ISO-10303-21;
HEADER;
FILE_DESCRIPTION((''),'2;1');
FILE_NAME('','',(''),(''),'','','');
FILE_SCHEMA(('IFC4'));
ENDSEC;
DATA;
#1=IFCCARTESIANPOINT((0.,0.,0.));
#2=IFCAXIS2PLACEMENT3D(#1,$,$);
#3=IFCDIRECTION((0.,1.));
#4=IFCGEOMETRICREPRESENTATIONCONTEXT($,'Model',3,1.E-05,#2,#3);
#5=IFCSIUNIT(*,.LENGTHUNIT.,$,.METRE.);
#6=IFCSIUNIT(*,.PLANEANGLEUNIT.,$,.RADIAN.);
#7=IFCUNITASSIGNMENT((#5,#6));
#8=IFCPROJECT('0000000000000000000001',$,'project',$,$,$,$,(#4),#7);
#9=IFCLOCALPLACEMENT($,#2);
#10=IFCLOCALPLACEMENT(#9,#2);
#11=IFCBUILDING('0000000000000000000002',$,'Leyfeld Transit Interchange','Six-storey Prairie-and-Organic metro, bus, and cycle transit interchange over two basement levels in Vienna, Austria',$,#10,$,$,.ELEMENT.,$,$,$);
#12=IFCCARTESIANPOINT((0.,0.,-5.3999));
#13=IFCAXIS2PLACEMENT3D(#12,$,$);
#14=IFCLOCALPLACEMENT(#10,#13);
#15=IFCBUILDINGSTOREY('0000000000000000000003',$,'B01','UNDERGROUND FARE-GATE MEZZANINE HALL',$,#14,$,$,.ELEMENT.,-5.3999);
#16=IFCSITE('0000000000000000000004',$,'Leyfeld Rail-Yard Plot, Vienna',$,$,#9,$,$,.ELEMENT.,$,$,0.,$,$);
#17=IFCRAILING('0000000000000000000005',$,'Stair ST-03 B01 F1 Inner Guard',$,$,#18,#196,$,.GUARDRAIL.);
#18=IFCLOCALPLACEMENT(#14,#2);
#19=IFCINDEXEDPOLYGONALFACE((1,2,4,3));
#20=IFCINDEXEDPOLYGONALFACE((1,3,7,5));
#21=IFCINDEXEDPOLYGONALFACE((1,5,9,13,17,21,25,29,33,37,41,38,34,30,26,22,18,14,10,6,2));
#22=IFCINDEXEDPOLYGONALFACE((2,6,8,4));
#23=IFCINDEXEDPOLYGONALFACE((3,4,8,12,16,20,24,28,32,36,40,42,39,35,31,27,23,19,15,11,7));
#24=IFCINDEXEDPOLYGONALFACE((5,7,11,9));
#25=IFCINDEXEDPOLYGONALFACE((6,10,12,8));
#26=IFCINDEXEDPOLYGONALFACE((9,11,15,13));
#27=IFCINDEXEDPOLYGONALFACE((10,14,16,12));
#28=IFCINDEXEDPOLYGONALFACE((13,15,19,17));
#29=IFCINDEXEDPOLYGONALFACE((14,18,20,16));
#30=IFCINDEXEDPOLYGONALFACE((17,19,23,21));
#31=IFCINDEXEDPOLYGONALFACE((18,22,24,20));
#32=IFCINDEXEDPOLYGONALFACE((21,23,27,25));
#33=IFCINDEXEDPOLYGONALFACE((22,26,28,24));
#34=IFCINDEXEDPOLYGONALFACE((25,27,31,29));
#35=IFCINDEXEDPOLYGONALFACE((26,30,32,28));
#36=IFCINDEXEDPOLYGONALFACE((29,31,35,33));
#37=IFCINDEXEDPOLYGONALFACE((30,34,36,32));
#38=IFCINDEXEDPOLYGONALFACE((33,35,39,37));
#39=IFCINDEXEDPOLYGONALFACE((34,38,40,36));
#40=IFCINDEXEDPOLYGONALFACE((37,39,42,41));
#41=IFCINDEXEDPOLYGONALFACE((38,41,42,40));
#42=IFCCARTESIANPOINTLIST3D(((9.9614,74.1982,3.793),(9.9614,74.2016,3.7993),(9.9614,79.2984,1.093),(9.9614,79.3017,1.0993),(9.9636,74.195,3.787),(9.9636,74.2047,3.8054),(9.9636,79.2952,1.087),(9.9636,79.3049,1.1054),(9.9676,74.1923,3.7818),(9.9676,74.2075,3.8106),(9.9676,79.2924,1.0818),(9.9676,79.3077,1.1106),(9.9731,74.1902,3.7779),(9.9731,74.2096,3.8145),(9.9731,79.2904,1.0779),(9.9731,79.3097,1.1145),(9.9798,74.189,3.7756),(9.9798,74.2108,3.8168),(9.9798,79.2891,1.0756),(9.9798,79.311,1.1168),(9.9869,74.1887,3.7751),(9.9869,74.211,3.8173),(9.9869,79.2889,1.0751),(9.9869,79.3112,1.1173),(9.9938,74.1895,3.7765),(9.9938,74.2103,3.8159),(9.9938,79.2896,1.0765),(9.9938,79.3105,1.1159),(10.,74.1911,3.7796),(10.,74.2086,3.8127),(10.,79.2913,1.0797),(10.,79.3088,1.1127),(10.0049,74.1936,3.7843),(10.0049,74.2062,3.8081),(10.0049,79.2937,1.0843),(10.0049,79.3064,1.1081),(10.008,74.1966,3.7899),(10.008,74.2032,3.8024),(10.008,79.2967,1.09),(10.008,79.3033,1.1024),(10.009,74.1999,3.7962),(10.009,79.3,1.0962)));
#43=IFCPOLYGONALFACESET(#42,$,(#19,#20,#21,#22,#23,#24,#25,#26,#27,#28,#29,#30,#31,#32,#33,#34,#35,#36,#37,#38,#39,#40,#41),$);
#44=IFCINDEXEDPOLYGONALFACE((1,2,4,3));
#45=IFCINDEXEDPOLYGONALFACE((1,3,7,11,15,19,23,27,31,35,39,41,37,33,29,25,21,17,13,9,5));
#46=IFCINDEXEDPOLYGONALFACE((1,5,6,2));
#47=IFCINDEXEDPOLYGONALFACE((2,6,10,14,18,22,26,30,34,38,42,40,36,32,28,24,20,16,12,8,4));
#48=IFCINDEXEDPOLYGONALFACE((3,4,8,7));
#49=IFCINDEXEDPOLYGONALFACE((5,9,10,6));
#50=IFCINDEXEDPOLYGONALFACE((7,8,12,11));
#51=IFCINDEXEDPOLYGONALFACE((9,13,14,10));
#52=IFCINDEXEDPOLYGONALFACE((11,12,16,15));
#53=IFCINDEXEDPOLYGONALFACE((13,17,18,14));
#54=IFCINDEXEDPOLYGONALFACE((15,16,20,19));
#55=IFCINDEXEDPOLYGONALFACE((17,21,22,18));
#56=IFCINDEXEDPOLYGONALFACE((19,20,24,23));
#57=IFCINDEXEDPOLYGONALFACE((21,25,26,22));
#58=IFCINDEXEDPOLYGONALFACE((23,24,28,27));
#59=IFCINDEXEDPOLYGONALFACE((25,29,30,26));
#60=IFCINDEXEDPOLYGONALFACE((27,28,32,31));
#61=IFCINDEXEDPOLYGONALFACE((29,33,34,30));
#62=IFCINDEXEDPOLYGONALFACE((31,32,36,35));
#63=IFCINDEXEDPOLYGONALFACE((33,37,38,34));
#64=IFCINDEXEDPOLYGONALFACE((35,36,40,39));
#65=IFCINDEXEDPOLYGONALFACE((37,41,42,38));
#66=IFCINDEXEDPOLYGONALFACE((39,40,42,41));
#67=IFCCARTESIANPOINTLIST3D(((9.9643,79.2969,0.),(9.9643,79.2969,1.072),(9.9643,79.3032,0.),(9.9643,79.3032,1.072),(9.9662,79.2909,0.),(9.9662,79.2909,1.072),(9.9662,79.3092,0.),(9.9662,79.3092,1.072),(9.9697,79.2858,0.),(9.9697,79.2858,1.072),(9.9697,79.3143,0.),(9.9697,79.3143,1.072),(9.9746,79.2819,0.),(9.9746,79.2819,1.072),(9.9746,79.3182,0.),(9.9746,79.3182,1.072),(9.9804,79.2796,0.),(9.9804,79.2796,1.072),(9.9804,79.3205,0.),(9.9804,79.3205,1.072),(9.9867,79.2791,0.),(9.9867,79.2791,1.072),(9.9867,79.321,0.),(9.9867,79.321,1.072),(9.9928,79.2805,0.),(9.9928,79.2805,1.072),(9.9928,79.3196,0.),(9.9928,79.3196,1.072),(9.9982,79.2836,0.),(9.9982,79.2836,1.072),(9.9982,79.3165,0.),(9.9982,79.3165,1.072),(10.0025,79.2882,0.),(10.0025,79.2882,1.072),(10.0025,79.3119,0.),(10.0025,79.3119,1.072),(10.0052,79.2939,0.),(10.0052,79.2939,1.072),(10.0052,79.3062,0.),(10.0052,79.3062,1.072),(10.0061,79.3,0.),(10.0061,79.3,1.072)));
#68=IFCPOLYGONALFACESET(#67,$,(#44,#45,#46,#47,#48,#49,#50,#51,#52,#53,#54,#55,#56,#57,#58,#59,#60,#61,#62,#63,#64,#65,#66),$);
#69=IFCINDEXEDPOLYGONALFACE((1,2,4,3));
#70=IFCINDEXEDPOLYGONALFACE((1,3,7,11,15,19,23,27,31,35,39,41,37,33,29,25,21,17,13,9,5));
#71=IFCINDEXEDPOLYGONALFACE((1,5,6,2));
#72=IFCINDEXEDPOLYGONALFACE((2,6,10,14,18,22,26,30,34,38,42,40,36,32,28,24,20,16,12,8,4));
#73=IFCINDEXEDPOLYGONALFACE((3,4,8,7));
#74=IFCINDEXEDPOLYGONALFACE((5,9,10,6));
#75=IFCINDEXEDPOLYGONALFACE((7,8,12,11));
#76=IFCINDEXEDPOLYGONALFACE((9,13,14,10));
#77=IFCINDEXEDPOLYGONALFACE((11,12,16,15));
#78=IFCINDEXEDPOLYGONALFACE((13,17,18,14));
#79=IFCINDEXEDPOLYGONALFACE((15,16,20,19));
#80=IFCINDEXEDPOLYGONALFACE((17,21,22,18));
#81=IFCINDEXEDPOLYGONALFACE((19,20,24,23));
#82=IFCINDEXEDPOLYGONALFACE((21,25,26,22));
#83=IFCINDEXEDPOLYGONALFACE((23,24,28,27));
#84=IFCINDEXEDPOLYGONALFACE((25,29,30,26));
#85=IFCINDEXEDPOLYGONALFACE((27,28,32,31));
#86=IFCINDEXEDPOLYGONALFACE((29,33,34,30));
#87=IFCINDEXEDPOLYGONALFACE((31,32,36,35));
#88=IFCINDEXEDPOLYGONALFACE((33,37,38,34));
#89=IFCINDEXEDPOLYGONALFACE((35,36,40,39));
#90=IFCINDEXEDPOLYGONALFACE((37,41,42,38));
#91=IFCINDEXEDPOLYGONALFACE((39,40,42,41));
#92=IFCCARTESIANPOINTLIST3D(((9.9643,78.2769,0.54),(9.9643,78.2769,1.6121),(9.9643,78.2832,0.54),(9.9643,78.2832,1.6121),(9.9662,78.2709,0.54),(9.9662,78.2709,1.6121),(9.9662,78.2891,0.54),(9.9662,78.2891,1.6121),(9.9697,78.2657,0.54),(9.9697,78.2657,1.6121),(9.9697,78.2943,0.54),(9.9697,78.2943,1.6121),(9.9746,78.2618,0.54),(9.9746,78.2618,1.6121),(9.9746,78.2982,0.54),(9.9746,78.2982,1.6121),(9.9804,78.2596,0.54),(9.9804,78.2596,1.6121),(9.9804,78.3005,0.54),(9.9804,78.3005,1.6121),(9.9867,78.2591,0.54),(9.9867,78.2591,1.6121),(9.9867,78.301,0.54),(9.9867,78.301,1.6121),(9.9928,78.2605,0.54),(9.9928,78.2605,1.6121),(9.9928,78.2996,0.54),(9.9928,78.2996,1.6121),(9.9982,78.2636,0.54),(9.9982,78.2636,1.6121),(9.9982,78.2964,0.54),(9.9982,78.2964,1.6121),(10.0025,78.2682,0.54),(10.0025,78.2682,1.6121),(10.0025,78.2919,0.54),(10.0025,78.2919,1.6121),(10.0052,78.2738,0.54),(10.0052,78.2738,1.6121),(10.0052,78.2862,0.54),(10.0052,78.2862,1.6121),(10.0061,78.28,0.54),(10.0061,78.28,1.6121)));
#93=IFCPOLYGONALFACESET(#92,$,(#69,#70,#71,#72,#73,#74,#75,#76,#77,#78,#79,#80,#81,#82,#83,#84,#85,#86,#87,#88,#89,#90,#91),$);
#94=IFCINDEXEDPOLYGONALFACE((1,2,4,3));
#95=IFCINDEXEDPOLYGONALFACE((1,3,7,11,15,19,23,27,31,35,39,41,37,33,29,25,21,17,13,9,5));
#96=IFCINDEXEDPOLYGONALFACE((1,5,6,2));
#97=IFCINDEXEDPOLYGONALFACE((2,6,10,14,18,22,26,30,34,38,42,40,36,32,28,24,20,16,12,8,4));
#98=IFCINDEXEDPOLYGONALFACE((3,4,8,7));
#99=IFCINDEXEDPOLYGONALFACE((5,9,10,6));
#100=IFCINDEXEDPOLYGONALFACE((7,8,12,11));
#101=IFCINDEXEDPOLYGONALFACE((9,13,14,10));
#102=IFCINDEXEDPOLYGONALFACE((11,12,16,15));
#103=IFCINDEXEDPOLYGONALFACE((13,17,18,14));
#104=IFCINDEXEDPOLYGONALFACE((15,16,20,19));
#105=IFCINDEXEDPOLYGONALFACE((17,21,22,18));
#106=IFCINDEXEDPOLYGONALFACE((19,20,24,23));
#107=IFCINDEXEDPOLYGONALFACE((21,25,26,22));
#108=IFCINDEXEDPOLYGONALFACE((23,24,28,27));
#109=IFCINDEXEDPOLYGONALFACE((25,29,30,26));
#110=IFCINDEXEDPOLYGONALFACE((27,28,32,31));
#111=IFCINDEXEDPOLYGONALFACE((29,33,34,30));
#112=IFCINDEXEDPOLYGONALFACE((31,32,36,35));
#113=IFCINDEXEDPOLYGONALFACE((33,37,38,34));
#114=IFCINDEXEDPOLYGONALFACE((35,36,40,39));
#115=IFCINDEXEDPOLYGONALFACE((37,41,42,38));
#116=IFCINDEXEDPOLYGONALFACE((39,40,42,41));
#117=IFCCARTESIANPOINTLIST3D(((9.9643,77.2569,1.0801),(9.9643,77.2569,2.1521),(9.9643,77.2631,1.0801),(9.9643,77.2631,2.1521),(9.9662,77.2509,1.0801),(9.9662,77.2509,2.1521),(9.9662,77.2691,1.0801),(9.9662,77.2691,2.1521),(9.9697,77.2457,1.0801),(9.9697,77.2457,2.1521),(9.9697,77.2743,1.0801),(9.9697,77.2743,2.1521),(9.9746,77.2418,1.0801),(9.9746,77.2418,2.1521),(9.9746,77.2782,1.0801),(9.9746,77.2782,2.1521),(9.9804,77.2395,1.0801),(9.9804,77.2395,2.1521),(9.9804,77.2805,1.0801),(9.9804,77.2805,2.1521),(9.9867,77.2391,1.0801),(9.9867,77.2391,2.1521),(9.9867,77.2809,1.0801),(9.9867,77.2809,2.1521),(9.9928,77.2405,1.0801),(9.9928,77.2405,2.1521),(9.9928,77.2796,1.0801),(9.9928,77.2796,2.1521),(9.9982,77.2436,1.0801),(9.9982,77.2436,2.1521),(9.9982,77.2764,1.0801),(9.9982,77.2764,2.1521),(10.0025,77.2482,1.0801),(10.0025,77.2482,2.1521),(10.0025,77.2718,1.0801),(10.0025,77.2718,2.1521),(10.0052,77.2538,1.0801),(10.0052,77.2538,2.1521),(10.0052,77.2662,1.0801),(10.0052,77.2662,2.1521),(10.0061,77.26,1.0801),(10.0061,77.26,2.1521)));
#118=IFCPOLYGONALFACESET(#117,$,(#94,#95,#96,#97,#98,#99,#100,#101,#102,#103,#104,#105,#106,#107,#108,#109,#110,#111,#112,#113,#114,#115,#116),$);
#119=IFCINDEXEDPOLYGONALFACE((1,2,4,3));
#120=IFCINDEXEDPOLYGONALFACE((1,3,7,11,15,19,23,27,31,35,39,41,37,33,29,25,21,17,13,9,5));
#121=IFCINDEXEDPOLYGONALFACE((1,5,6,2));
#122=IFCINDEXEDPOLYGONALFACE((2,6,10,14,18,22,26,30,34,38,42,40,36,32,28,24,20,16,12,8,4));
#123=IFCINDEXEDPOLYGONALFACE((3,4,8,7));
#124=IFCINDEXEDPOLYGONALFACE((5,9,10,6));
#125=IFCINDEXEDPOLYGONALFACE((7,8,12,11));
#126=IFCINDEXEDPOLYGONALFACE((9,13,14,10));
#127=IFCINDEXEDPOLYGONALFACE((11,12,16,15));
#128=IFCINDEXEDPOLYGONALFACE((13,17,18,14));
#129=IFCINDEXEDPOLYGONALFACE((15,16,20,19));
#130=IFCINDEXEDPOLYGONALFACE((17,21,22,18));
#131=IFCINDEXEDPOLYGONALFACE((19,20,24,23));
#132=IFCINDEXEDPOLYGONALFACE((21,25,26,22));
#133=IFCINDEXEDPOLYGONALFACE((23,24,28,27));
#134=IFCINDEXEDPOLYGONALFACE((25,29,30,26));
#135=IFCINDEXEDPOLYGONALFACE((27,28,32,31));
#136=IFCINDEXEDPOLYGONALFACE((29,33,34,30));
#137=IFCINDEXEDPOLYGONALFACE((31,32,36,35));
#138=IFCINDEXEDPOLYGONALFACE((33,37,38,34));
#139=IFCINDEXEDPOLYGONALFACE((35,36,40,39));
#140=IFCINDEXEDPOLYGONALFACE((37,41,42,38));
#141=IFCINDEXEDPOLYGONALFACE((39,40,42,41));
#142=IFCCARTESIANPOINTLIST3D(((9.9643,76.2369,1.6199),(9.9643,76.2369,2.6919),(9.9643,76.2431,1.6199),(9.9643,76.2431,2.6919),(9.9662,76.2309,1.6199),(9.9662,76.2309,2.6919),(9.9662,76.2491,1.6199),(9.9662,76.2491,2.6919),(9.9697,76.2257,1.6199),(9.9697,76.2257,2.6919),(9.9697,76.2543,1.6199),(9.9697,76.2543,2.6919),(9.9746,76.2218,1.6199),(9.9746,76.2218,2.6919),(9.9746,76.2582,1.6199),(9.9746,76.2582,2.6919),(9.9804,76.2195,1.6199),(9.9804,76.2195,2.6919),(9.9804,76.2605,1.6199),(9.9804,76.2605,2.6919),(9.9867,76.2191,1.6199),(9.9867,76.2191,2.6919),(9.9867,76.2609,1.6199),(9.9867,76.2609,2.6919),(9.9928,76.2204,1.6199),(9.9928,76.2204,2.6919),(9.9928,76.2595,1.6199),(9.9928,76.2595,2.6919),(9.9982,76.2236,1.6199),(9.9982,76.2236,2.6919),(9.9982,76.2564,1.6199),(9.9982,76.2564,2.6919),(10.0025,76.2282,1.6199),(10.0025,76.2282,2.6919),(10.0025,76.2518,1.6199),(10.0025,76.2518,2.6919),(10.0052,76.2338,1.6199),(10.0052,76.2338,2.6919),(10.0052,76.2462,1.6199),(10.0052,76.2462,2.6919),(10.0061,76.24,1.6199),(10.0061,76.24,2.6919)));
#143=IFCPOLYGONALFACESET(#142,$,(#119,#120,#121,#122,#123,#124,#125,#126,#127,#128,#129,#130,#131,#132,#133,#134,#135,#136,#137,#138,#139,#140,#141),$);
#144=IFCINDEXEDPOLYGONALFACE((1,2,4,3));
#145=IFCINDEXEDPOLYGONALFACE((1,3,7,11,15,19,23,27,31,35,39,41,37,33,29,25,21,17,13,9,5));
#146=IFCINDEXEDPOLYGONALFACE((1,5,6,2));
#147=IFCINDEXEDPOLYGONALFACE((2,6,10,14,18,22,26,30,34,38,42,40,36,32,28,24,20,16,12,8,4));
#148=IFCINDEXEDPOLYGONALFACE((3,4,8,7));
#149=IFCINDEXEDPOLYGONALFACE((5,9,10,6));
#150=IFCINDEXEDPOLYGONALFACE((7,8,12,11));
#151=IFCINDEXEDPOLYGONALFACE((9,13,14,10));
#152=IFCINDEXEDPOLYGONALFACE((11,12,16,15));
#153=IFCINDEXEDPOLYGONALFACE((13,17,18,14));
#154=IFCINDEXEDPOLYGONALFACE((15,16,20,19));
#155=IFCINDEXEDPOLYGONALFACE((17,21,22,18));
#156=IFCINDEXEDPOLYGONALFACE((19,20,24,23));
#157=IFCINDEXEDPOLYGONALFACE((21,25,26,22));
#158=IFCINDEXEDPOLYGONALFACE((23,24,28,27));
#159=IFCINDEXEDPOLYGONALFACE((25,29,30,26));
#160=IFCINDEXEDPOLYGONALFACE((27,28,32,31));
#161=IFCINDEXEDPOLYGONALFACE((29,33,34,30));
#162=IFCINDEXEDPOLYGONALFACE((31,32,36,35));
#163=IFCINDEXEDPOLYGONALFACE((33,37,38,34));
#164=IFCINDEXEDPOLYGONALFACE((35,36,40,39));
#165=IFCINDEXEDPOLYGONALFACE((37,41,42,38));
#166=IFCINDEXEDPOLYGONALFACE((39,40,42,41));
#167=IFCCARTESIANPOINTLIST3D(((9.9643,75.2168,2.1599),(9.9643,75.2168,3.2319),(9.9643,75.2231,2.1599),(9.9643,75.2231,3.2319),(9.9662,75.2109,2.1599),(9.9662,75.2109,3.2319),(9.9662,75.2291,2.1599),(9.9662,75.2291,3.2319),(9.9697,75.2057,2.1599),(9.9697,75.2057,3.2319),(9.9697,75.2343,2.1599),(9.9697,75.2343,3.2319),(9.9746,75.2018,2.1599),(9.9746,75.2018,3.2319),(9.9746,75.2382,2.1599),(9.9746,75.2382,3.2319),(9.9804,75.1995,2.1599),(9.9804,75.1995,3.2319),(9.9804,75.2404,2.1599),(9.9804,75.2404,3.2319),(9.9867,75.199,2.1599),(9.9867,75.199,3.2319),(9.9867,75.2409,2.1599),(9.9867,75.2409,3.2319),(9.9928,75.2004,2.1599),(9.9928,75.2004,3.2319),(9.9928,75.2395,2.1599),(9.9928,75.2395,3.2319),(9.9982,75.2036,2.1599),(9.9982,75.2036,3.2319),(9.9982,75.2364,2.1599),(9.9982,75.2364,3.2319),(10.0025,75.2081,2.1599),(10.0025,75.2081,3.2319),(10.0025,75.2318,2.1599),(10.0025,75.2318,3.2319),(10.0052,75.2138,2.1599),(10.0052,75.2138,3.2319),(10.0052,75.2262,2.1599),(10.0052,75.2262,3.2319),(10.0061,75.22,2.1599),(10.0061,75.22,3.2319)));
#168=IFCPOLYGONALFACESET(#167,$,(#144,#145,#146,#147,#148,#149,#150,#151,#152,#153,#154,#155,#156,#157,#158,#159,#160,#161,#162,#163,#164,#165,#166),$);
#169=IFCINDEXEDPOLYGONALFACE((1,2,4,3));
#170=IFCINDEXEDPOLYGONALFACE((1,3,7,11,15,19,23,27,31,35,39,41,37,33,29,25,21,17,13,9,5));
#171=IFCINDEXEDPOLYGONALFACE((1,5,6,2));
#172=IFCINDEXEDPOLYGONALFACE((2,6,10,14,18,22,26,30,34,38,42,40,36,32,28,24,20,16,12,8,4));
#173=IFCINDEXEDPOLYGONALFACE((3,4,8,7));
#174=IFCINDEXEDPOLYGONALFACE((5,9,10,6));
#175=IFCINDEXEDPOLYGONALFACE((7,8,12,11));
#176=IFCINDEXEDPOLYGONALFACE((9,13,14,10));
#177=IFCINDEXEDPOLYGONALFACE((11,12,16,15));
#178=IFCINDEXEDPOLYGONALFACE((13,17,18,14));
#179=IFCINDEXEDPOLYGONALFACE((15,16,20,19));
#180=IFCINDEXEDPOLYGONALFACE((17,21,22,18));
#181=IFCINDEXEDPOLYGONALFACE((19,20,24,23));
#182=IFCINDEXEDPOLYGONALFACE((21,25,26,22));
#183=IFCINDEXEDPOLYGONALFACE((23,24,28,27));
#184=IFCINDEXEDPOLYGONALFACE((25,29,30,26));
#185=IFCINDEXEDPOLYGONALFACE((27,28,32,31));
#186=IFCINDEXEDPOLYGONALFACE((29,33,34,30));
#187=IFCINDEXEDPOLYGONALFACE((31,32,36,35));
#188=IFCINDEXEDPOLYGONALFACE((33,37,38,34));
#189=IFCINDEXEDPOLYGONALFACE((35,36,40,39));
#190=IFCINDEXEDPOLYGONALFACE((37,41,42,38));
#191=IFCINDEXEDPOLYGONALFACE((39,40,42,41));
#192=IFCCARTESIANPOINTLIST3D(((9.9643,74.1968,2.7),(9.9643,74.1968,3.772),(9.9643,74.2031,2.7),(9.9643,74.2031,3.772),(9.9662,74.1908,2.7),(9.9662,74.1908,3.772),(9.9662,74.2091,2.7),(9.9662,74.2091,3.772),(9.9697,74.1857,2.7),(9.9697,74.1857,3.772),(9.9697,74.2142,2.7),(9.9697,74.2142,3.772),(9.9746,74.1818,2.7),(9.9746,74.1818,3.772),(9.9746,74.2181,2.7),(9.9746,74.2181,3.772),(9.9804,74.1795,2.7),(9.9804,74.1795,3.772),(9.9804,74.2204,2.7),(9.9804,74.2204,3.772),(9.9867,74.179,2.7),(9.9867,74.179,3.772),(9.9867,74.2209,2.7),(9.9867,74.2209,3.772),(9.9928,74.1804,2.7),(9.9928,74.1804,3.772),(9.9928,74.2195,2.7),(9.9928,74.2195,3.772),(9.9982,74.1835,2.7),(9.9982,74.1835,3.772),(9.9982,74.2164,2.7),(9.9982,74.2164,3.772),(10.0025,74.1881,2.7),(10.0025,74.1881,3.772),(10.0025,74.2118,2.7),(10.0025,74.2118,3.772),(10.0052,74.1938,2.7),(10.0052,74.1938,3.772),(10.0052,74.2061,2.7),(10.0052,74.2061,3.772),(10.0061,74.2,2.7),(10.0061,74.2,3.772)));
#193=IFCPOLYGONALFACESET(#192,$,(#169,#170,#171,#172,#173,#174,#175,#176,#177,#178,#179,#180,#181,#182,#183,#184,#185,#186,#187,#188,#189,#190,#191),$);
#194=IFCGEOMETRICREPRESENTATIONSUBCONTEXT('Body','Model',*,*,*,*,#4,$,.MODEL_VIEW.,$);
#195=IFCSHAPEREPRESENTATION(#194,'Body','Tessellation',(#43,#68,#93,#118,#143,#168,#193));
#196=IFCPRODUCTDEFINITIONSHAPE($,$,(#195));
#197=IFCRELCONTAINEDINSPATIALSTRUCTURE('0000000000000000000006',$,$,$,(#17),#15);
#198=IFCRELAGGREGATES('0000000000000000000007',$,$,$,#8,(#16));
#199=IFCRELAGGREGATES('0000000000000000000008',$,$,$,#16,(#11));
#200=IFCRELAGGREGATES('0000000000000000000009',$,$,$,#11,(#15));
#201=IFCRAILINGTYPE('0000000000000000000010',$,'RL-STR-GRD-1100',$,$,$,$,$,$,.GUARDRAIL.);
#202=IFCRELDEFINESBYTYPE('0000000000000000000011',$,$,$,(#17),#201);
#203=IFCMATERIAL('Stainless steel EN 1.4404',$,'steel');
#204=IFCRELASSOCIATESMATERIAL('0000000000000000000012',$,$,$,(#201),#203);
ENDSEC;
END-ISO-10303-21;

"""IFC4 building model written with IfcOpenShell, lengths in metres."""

from ifc_helpers import new_model, si_unit, direction, frame, origin, origin_2d, place, context, subcontext, project, spatial, circle, extrude, material, type_object, element, save


model = new_model("IFC4")

# Units and contexts
model_context = context("Model", 3, precision=1e-05, world=origin(), true_north=direction((0.0, 1.0)))
body_context = subcontext(model_context, "Body", "Model", "MODEL_VIEW")
ifc_project = project(units=[si_unit("LENGTHUNIT", "METRE"), si_unit("PLANEANGLEUNIT", "RADIAN")], contexts=[model_context])

# Site, building, storey
site_placement = place(None, origin())
site = spatial("IfcSite", under=ifc_project, at=site_placement, Name="Leyfeld Rail-Yard Plot, Vienna", CompositionType="ELEMENT", RefElevation=0.0)
building_placement = place(site_placement, origin())
building = spatial("IfcBuilding", under=site, at=building_placement, Name="Leyfeld Transit Interchange", Description="Six-storey Prairie-and-Organic metro, bus, and cycle transit interchange over two basement levels in Vienna, Austria", CompositionType="ELEMENT")
storey_placement = place(building_placement, frame((0.0, 0.0, -5.3999)))
storey = spatial("IfcBuildingStorey", under=building, at=storey_placement, Name="B01", Description="UNDERGROUND FARE-GATE MEZZANINE HALL", CompositionType="ELEMENT", Elevation=-5.3999)

# Railing
ifc_material_1 = material(Name="Stainless steel EN 1.4404", Category="steel")
railing_type_1 = type_object("IfcRailingType", Name="RL-STR-GRD-1100", PredefinedType="GUARDRAIL", material=ifc_material_1)
for number, where, name in (
    (1, (9.9851, 79.3, 0.0), "Stair ST-03 B01 F1 Inner Guard"),
):
    element("IfcRailing", number, at=place(storey_placement, frame(where)), inside=storey, type_object=railing_type_1, Name=name, PredefinedType="GUARDRAIL", context=body_context, shape_type="SweptSolid", body=[
        extrude(circle(Radius=0.0239, at=origin_2d()), frame((0.0, 0.0, 1.0962), z_axis=(0.0, -0.883795, 0.467874), x_axis=(1.0, 0.0, 0.0)), (0.0, 0.0, 1.0), 5.7708),
        extrude(circle(Radius=0.021, at=origin_2d()), origin(), (0.0, 0.0, 1.0), 1.072),
        extrude(circle(Radius=0.021, at=origin_2d()), frame((0.0, -1.02, 0.54)), (0.0, 0.0, 1.0), 1.072),
        extrude(circle(Radius=0.021, at=origin_2d()), frame((0.0, -2.04, 1.0801)), (0.0, 0.0, 1.0), 1.072),
        extrude(circle(Radius=0.021, at=origin_2d()), frame((0.0, -3.0601, 1.6199)), (0.0, 0.0, 1.0), 1.072),
        extrude(circle(Radius=0.021, at=origin_2d()), frame((0.0, -4.0801, 2.1599)), (0.0, 0.0, 1.0), 1.072),
        extrude(circle(Radius=0.021, at=origin_2d()), frame((0.0, -5.1001, 2.7)), (0.0, 0.0, 1.0), 1.072),
    ])

save(model, "model.ifc")
